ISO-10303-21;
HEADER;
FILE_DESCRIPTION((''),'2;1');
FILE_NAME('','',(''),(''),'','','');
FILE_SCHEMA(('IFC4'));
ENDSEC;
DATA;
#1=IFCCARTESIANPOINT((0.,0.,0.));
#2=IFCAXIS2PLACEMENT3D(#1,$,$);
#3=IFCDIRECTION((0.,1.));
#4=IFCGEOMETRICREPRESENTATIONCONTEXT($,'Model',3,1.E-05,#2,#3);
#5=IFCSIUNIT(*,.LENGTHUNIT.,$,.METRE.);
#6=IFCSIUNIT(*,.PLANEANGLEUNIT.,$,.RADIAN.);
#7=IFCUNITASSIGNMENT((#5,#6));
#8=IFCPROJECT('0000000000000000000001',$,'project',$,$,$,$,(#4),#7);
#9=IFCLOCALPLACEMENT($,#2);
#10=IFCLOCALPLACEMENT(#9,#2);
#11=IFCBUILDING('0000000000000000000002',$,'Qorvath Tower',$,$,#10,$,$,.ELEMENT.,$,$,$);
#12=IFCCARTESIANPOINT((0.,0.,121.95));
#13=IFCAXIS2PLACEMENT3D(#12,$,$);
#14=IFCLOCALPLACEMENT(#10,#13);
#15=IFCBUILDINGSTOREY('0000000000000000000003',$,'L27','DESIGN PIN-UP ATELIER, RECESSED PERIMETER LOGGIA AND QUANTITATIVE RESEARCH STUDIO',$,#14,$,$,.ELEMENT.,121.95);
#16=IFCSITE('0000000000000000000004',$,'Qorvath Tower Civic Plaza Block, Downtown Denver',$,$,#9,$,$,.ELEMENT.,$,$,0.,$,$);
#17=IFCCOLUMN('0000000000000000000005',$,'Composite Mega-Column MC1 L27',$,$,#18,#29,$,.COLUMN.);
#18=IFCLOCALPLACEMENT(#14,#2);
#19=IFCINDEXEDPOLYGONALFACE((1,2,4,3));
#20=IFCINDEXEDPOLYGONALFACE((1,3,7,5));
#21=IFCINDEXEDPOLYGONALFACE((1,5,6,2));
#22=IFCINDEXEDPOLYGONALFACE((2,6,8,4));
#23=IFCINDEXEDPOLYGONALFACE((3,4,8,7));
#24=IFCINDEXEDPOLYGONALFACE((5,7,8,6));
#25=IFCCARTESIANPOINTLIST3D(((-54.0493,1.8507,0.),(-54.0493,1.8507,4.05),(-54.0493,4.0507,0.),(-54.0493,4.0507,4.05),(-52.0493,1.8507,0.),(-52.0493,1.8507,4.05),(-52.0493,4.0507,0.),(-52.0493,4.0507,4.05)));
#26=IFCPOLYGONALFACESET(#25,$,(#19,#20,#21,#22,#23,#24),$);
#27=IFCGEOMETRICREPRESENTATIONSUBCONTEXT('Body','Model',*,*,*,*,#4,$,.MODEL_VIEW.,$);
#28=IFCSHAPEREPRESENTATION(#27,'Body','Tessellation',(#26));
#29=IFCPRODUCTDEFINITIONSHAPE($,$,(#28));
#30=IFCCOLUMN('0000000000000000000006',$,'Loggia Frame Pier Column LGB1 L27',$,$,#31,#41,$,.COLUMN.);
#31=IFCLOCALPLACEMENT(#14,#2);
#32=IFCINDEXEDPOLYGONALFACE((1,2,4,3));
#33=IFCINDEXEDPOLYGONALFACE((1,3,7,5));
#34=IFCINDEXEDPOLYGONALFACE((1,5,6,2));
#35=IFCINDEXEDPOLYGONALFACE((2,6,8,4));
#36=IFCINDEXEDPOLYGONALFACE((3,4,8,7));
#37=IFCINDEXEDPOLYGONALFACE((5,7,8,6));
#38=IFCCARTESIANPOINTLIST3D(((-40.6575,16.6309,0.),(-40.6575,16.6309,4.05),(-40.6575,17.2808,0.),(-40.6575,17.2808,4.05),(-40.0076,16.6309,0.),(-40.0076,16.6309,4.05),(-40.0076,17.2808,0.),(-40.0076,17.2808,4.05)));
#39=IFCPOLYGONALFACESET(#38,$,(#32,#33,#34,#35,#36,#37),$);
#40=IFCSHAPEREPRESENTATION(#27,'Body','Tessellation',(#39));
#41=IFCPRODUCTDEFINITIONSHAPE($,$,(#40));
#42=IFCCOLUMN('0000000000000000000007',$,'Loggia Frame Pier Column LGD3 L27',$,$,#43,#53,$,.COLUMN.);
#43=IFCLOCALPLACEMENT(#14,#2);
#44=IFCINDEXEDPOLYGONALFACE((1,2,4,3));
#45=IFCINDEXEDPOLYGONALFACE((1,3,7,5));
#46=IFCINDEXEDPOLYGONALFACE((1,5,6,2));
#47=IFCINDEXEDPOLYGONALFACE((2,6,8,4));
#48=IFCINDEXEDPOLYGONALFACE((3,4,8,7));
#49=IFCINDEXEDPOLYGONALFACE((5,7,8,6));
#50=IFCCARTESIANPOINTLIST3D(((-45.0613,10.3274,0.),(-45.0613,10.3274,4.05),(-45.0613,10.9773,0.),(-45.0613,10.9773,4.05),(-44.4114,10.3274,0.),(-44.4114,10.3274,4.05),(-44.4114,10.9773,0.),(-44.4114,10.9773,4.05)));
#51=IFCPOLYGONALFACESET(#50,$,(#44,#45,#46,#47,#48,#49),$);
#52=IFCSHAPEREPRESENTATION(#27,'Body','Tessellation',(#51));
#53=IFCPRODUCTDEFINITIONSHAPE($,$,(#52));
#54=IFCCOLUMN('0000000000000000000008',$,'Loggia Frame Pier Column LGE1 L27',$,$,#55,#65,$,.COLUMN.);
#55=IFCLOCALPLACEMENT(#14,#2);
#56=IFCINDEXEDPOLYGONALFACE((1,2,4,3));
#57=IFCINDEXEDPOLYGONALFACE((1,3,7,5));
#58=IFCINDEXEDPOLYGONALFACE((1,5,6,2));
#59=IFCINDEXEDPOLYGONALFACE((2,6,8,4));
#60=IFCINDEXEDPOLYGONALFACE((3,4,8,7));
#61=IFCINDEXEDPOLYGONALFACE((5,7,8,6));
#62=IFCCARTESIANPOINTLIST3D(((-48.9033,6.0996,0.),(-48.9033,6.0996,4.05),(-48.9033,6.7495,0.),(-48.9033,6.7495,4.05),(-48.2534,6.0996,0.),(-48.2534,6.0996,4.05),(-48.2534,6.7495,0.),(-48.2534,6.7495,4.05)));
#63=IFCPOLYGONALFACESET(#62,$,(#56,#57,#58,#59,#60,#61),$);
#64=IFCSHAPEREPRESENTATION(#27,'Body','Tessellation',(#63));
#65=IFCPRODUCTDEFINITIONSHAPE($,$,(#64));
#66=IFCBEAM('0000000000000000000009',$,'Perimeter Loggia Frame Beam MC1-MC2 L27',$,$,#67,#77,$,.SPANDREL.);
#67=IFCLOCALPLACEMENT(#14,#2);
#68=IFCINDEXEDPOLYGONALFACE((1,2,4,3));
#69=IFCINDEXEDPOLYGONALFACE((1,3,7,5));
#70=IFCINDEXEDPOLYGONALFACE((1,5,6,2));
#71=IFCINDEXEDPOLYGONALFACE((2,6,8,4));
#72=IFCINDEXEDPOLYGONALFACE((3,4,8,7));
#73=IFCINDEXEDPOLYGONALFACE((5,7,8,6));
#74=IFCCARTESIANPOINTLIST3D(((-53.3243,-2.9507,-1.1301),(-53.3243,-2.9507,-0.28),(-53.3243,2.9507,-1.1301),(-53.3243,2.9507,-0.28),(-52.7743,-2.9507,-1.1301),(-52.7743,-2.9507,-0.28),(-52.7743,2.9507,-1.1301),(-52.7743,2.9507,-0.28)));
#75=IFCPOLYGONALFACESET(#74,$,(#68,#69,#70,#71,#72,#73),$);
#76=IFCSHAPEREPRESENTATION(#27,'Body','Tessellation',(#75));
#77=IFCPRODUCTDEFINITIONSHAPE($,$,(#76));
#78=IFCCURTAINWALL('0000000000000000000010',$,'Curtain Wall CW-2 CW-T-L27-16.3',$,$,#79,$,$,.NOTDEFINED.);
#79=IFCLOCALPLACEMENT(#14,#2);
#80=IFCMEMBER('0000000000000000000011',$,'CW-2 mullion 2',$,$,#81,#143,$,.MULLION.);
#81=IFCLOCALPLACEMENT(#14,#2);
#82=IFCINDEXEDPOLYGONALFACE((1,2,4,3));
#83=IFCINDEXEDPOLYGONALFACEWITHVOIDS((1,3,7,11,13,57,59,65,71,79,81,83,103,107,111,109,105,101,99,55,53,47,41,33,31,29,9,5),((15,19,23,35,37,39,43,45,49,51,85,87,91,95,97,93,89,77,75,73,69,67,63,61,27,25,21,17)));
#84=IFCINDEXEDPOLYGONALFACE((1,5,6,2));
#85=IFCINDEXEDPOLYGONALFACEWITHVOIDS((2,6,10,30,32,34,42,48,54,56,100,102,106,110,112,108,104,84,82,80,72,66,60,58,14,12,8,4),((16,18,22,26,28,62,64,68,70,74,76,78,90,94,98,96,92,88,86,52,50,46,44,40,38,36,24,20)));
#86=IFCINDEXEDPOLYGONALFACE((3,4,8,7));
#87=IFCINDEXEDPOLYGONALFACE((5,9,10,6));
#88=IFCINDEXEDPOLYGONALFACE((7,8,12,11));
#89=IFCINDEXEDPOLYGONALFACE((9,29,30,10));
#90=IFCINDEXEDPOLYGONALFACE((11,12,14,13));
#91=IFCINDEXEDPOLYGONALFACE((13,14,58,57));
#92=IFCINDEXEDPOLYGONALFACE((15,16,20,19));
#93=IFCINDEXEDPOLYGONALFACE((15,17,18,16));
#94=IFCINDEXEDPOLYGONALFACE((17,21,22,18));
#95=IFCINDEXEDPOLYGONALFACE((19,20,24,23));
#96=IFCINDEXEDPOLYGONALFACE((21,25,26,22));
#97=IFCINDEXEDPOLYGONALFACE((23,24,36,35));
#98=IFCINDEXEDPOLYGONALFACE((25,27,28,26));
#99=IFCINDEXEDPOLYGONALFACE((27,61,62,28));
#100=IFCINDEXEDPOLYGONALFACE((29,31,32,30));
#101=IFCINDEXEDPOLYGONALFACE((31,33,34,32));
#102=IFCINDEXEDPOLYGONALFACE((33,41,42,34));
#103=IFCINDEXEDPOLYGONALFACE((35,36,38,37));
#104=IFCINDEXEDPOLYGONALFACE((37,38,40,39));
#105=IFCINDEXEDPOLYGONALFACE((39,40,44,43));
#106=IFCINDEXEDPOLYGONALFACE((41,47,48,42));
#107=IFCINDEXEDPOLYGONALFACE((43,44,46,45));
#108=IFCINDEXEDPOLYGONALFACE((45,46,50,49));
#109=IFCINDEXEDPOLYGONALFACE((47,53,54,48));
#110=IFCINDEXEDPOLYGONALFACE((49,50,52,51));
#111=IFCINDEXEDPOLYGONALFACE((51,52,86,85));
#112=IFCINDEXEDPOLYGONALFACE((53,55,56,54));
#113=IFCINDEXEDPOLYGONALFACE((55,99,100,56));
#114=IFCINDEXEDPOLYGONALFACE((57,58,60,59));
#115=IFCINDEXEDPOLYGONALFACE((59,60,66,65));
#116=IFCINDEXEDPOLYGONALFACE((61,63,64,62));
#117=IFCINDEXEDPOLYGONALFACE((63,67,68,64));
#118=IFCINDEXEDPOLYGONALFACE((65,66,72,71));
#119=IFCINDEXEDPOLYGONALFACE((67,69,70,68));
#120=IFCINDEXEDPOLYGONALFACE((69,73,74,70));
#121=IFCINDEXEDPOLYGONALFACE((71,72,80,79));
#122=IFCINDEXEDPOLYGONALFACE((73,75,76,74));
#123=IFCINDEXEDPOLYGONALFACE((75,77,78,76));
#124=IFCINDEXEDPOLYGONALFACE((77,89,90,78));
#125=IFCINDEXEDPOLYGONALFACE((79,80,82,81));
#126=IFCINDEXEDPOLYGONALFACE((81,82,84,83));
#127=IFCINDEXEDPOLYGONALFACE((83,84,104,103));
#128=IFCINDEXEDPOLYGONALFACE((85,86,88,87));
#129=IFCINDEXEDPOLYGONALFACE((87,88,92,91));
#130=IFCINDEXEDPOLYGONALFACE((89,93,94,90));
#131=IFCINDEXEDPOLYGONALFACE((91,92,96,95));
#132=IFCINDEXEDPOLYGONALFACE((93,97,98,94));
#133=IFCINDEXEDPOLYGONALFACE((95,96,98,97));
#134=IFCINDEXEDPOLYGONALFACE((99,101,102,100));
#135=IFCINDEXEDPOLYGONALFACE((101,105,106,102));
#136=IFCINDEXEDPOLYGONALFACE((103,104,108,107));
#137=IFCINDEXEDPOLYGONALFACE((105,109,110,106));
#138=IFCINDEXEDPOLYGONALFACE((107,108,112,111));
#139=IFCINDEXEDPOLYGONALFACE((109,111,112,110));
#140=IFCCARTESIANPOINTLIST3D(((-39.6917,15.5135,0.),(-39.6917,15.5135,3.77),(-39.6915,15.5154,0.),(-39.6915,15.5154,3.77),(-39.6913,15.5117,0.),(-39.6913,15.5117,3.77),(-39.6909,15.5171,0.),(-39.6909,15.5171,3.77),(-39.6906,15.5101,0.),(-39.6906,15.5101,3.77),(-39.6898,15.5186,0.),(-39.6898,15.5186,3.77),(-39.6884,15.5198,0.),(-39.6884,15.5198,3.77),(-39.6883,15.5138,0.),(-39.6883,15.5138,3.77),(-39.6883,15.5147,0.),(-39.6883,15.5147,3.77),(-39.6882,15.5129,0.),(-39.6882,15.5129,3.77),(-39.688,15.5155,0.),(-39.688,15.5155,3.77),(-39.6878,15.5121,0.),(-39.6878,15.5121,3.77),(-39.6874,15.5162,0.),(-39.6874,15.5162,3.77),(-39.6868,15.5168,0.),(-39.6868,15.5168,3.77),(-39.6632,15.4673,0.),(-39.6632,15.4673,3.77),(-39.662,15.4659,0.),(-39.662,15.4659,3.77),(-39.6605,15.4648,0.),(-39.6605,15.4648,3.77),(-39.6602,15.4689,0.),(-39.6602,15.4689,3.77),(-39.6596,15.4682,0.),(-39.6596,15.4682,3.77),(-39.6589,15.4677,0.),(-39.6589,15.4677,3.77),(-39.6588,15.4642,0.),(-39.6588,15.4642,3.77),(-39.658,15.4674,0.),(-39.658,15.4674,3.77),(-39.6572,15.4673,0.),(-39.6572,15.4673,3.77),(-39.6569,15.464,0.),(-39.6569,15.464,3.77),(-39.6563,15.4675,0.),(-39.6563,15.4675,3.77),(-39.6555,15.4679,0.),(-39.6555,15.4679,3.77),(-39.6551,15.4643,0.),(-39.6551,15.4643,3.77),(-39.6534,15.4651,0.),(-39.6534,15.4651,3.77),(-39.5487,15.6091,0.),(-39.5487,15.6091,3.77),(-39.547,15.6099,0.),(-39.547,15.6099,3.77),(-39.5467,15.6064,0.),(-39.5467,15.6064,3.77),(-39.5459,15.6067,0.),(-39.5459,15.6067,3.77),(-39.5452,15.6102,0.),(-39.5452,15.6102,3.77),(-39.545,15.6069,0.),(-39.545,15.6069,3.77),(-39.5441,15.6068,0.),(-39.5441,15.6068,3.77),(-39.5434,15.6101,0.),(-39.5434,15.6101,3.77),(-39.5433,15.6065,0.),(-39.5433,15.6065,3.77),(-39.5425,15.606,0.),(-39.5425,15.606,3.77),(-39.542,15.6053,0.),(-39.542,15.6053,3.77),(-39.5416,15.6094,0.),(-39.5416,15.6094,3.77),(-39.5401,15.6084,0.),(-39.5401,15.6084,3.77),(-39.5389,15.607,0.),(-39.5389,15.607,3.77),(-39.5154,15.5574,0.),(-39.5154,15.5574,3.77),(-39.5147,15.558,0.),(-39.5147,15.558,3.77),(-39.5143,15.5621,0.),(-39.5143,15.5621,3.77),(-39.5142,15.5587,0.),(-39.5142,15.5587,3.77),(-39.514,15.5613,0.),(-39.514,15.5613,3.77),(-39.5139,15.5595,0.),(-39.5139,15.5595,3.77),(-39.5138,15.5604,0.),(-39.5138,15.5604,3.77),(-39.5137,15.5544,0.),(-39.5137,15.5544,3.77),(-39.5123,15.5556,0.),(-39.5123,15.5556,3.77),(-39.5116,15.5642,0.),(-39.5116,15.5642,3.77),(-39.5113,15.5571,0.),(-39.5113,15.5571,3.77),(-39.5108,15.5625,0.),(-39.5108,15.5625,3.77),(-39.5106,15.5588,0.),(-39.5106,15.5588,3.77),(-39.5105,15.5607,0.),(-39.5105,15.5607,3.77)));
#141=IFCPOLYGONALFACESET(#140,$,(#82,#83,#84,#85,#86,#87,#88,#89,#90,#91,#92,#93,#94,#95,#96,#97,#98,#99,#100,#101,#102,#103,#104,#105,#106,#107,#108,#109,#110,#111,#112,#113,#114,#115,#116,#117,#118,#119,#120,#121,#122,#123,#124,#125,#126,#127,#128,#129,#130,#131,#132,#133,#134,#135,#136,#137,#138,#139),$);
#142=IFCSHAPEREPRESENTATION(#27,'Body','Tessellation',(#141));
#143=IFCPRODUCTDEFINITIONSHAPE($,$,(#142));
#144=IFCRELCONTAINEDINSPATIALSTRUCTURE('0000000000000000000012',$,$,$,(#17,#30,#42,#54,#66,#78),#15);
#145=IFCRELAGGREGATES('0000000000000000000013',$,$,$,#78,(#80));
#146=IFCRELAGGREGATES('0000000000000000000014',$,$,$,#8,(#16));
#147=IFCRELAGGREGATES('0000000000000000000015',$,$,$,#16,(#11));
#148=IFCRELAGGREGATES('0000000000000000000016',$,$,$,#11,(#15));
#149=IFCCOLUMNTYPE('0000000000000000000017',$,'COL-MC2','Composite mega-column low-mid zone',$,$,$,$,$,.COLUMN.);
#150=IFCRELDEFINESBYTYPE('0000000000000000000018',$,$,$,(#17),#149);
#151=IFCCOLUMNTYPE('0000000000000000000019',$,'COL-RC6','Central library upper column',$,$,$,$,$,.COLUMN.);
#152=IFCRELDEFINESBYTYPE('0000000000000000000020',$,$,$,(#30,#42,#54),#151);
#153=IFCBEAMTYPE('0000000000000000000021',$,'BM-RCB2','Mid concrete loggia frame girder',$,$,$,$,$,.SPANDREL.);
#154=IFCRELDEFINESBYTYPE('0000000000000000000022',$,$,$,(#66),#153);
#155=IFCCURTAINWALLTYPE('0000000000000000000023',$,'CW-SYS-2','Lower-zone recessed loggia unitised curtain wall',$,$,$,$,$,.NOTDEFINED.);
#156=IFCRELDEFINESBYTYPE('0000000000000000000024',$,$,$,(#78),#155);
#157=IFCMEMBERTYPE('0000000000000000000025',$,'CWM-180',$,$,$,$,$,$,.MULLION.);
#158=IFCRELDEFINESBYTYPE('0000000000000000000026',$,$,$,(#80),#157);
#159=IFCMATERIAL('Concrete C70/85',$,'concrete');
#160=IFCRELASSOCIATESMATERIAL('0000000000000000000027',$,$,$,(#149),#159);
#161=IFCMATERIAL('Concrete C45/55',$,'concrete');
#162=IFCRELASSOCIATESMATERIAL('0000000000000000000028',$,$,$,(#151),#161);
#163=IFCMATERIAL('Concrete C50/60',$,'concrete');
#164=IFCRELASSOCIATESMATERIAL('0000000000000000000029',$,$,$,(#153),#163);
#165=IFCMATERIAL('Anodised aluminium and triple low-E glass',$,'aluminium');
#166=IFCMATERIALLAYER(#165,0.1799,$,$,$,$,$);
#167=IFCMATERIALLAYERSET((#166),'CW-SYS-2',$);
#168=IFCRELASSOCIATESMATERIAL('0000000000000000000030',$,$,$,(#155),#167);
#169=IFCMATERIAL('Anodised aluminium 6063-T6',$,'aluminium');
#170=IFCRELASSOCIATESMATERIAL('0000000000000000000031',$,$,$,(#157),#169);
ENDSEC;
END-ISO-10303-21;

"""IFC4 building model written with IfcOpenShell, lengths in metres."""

from ifc_helpers import new_model, si_unit, direction, frame, origin, origin_2d, place, context, subcontext, project, spatial, rectangle, hollow_rectangle, extrude, material, layer, layer_set, material_profile, profile_set, type_object, element, aggregate, save


model = new_model("IFC4")

# Units and contexts
model_context = context("Model", 3, precision=1e-05, world=origin(), true_north=direction((0.0, 1.0)))
body_context = subcontext(model_context, "Body", "Model", "MODEL_VIEW")
ifc_project = project(units=[si_unit("LENGTHUNIT", "METRE"), si_unit("PLANEANGLEUNIT", "RADIAN")], contexts=[model_context])

# Site, building, storey
site_placement = place(None, origin())
site = spatial("IfcSite", under=ifc_project, at=site_placement, Name="Qorvath Tower Civic Plaza Block, Downtown Denver", CompositionType="ELEMENT", RefElevation=0.0)
building_placement = place(site_placement, origin())
building = spatial("IfcBuilding", under=site, at=building_placement, Name="Qorvath Tower", CompositionType="ELEMENT")
storey_placement = place(building_placement, frame((0.0, 0.0, 121.95)))
storey = spatial("IfcBuildingStorey", under=building, at=storey_placement, Name="L27", Description="DESIGN PIN-UP ATELIER, RECESSED PERIMETER LOGGIA AND QUANTITATIVE RESEARCH STUDIO", CompositionType="ELEMENT", Elevation=121.95)

# Columns
ifc_material_1 = material(Name="Concrete C70/85", Category="concrete")
ifc_material_profile_1 = material_profile(ifc_material_1, rectangle(XDim=2.0, YDim=2.2, at=origin_2d()), Name="MC 2200x2000")
ifc_profile_set_1 = profile_set([ifc_material_profile_1], Name="Concrete C70/85")
column_type_1 = type_object("IfcColumnType", Name="COL-MC2", Description="Composite mega-column low-mid zone", PredefinedType="COLUMN", material=ifc_profile_set_1)
column_placement = place(storey_placement, frame((-53.0493, 2.9507, 0.0), z_axis=(0.0, 0.0, 1.0), x_axis=(1.0, 0.0, 0.0)))
element("IfcColumn", 1, at=column_placement, inside=storey, type_object=column_type_1, Name="Composite Mega-Column MC1 L27", PredefinedType="COLUMN", context=body_context, shape_type="SweptSolid", body=[
    extrude(rectangle(XDim=2.0, YDim=2.2, at=origin_2d()), origin(), (0.0, 0.0, 1.0), 4.05),
])
ifc_material_2 = material(Name="Concrete C45/55", Category="concrete")
ifc_material_profile_2 = material_profile(ifc_material_2, rectangle(XDim=0.6499, YDim=0.6499, at=origin_2d()), Name="RC 650x650")
ifc_profile_set_2 = profile_set([ifc_material_profile_2], Name="Concrete C45/55")
column_type_2 = type_object("IfcColumnType", Name="COL-RC6", Description="Central library upper column", PredefinedType="COLUMN", material=ifc_profile_set_2)
for number, where, z_axis, x_axis, name in (
    (2, (-40.3325, 16.9558, 0.0), (0.0, 0.0, 1.0), (1.0, 0.0, 0.0), "Loggia Frame Pier Column LGB1 L27"),
    (3, (-44.7363, 10.6523, 0.0), (0.0, 0.0, 1.0), (1.0, 0.0, 0.0), "Loggia Frame Pier Column LGD3 L27"),
    (4, (-48.5784, 6.4246, 0.0), (0.0, 0.0, 1.0), (1.0, 0.0, 0.0), "Loggia Frame Pier Column LGE1 L27"),
):
    element("IfcColumn", number, at=place(storey_placement, frame(where, z_axis=z_axis, x_axis=x_axis)), inside=storey, type_object=column_type_2, Name=name, PredefinedType="COLUMN", context=body_context, shape_type="SweptSolid", body=[
        extrude(rectangle(XDim=0.6499, YDim=0.6499, at=origin_2d()), origin(), (0.0, 0.0, 1.0), 4.05),
    ])

# Beam
ifc_material_3 = material(Name="Concrete C50/60", Category="concrete")
ifc_material_profile_3 = material_profile(ifc_material_3, rectangle(XDim=0.55, YDim=0.8501, at=origin_2d()), Name="RCB 850x550")
ifc_profile_set_3 = profile_set([ifc_material_profile_3], Name="Concrete C50/60")
beam_type = type_object("IfcBeamType", Name="BM-RCB2", Description="Mid concrete loggia frame girder", PredefinedType="SPANDREL", material=ifc_profile_set_3)
beam_placement = place(storey_placement, frame((-53.0493, 2.9507, -0.7051), z_axis=(0.0, -1.0, 0.0), x_axis=(1.0, 0.0, 0.0)))
element("IfcBeam", 5, at=beam_placement, inside=storey, type_object=beam_type, Name="Perimeter Loggia Frame Beam MC1-MC2 L27", PredefinedType="SPANDREL", context=body_context, shape_type="SweptSolid", body=[
    extrude(rectangle(XDim=0.55, YDim=0.8501, at=origin_2d()), origin(), (0.0, 0.0, 1.0), 5.9014),
])

# Curtain wall, member
ifc_material_4 = material(Name="Anodised aluminium and triple low-E glass", Category="aluminium")
ifc_layer_1 = layer(ifc_material_4, 0.1799)
ifc_layer_set_1 = layer_set([ifc_layer_1], Name="CW-SYS-2")
curtain_wall_type = type_object("IfcCurtainWallType", Name="CW-SYS-2", Description="Lower-zone recessed loggia unitised curtain wall", PredefinedType="NOTDEFINED", material=ifc_layer_set_1)
curtain_wall_placement = place(storey_placement, origin())
curtain_wall = element("IfcCurtainWall", 6, at=curtain_wall_placement, inside=storey, type_object=curtain_wall_type, Name="Curtain Wall CW-2 CW-T-L27-16.3", PredefinedType="NOTDEFINED")
ifc_material_5 = material(Name="Anodised aluminium 6063-T6", Category="aluminium")
ifc_material_profile_4 = material_profile(ifc_material_5, hollow_rectangle(XDim=0.0649, YDim=0.1799, WallThickness=0.0034, InnerFilletRadius=0.0034, OuterFilletRadius=0.0071, at=origin_2d()), Name="CWM 180x65")
ifc_profile_set_4 = profile_set([ifc_material_profile_4], Name="Anodised aluminium 6063-T6")
member_type_1 = type_object("IfcMemberType", Name="CWM-180", PredefinedType="MULLION", material=ifc_profile_set_4)
member_1_placement = place(storey_placement, frame((-39.6011, 15.5371, 0.0), z_axis=(0.0, 0.0, 1.0), x_axis=(0.538534, -0.842604, 0.0)))
member_1 = element("IfcMember", 7, at=member_1_placement, type_object=member_type_1, Name="CW-2 mullion 2", PredefinedType="MULLION", context=body_context, shape_type="SweptSolid", body=[
    extrude(hollow_rectangle(XDim=0.0649, YDim=0.1799, WallThickness=0.0034, InnerFilletRadius=0.0034, OuterFilletRadius=0.0071, at=origin_2d()), origin(), (0.0, 0.0, 1.0), 3.77),
])
aggregate(curtain_wall, [member_1])

save(model, "model.ifc")
